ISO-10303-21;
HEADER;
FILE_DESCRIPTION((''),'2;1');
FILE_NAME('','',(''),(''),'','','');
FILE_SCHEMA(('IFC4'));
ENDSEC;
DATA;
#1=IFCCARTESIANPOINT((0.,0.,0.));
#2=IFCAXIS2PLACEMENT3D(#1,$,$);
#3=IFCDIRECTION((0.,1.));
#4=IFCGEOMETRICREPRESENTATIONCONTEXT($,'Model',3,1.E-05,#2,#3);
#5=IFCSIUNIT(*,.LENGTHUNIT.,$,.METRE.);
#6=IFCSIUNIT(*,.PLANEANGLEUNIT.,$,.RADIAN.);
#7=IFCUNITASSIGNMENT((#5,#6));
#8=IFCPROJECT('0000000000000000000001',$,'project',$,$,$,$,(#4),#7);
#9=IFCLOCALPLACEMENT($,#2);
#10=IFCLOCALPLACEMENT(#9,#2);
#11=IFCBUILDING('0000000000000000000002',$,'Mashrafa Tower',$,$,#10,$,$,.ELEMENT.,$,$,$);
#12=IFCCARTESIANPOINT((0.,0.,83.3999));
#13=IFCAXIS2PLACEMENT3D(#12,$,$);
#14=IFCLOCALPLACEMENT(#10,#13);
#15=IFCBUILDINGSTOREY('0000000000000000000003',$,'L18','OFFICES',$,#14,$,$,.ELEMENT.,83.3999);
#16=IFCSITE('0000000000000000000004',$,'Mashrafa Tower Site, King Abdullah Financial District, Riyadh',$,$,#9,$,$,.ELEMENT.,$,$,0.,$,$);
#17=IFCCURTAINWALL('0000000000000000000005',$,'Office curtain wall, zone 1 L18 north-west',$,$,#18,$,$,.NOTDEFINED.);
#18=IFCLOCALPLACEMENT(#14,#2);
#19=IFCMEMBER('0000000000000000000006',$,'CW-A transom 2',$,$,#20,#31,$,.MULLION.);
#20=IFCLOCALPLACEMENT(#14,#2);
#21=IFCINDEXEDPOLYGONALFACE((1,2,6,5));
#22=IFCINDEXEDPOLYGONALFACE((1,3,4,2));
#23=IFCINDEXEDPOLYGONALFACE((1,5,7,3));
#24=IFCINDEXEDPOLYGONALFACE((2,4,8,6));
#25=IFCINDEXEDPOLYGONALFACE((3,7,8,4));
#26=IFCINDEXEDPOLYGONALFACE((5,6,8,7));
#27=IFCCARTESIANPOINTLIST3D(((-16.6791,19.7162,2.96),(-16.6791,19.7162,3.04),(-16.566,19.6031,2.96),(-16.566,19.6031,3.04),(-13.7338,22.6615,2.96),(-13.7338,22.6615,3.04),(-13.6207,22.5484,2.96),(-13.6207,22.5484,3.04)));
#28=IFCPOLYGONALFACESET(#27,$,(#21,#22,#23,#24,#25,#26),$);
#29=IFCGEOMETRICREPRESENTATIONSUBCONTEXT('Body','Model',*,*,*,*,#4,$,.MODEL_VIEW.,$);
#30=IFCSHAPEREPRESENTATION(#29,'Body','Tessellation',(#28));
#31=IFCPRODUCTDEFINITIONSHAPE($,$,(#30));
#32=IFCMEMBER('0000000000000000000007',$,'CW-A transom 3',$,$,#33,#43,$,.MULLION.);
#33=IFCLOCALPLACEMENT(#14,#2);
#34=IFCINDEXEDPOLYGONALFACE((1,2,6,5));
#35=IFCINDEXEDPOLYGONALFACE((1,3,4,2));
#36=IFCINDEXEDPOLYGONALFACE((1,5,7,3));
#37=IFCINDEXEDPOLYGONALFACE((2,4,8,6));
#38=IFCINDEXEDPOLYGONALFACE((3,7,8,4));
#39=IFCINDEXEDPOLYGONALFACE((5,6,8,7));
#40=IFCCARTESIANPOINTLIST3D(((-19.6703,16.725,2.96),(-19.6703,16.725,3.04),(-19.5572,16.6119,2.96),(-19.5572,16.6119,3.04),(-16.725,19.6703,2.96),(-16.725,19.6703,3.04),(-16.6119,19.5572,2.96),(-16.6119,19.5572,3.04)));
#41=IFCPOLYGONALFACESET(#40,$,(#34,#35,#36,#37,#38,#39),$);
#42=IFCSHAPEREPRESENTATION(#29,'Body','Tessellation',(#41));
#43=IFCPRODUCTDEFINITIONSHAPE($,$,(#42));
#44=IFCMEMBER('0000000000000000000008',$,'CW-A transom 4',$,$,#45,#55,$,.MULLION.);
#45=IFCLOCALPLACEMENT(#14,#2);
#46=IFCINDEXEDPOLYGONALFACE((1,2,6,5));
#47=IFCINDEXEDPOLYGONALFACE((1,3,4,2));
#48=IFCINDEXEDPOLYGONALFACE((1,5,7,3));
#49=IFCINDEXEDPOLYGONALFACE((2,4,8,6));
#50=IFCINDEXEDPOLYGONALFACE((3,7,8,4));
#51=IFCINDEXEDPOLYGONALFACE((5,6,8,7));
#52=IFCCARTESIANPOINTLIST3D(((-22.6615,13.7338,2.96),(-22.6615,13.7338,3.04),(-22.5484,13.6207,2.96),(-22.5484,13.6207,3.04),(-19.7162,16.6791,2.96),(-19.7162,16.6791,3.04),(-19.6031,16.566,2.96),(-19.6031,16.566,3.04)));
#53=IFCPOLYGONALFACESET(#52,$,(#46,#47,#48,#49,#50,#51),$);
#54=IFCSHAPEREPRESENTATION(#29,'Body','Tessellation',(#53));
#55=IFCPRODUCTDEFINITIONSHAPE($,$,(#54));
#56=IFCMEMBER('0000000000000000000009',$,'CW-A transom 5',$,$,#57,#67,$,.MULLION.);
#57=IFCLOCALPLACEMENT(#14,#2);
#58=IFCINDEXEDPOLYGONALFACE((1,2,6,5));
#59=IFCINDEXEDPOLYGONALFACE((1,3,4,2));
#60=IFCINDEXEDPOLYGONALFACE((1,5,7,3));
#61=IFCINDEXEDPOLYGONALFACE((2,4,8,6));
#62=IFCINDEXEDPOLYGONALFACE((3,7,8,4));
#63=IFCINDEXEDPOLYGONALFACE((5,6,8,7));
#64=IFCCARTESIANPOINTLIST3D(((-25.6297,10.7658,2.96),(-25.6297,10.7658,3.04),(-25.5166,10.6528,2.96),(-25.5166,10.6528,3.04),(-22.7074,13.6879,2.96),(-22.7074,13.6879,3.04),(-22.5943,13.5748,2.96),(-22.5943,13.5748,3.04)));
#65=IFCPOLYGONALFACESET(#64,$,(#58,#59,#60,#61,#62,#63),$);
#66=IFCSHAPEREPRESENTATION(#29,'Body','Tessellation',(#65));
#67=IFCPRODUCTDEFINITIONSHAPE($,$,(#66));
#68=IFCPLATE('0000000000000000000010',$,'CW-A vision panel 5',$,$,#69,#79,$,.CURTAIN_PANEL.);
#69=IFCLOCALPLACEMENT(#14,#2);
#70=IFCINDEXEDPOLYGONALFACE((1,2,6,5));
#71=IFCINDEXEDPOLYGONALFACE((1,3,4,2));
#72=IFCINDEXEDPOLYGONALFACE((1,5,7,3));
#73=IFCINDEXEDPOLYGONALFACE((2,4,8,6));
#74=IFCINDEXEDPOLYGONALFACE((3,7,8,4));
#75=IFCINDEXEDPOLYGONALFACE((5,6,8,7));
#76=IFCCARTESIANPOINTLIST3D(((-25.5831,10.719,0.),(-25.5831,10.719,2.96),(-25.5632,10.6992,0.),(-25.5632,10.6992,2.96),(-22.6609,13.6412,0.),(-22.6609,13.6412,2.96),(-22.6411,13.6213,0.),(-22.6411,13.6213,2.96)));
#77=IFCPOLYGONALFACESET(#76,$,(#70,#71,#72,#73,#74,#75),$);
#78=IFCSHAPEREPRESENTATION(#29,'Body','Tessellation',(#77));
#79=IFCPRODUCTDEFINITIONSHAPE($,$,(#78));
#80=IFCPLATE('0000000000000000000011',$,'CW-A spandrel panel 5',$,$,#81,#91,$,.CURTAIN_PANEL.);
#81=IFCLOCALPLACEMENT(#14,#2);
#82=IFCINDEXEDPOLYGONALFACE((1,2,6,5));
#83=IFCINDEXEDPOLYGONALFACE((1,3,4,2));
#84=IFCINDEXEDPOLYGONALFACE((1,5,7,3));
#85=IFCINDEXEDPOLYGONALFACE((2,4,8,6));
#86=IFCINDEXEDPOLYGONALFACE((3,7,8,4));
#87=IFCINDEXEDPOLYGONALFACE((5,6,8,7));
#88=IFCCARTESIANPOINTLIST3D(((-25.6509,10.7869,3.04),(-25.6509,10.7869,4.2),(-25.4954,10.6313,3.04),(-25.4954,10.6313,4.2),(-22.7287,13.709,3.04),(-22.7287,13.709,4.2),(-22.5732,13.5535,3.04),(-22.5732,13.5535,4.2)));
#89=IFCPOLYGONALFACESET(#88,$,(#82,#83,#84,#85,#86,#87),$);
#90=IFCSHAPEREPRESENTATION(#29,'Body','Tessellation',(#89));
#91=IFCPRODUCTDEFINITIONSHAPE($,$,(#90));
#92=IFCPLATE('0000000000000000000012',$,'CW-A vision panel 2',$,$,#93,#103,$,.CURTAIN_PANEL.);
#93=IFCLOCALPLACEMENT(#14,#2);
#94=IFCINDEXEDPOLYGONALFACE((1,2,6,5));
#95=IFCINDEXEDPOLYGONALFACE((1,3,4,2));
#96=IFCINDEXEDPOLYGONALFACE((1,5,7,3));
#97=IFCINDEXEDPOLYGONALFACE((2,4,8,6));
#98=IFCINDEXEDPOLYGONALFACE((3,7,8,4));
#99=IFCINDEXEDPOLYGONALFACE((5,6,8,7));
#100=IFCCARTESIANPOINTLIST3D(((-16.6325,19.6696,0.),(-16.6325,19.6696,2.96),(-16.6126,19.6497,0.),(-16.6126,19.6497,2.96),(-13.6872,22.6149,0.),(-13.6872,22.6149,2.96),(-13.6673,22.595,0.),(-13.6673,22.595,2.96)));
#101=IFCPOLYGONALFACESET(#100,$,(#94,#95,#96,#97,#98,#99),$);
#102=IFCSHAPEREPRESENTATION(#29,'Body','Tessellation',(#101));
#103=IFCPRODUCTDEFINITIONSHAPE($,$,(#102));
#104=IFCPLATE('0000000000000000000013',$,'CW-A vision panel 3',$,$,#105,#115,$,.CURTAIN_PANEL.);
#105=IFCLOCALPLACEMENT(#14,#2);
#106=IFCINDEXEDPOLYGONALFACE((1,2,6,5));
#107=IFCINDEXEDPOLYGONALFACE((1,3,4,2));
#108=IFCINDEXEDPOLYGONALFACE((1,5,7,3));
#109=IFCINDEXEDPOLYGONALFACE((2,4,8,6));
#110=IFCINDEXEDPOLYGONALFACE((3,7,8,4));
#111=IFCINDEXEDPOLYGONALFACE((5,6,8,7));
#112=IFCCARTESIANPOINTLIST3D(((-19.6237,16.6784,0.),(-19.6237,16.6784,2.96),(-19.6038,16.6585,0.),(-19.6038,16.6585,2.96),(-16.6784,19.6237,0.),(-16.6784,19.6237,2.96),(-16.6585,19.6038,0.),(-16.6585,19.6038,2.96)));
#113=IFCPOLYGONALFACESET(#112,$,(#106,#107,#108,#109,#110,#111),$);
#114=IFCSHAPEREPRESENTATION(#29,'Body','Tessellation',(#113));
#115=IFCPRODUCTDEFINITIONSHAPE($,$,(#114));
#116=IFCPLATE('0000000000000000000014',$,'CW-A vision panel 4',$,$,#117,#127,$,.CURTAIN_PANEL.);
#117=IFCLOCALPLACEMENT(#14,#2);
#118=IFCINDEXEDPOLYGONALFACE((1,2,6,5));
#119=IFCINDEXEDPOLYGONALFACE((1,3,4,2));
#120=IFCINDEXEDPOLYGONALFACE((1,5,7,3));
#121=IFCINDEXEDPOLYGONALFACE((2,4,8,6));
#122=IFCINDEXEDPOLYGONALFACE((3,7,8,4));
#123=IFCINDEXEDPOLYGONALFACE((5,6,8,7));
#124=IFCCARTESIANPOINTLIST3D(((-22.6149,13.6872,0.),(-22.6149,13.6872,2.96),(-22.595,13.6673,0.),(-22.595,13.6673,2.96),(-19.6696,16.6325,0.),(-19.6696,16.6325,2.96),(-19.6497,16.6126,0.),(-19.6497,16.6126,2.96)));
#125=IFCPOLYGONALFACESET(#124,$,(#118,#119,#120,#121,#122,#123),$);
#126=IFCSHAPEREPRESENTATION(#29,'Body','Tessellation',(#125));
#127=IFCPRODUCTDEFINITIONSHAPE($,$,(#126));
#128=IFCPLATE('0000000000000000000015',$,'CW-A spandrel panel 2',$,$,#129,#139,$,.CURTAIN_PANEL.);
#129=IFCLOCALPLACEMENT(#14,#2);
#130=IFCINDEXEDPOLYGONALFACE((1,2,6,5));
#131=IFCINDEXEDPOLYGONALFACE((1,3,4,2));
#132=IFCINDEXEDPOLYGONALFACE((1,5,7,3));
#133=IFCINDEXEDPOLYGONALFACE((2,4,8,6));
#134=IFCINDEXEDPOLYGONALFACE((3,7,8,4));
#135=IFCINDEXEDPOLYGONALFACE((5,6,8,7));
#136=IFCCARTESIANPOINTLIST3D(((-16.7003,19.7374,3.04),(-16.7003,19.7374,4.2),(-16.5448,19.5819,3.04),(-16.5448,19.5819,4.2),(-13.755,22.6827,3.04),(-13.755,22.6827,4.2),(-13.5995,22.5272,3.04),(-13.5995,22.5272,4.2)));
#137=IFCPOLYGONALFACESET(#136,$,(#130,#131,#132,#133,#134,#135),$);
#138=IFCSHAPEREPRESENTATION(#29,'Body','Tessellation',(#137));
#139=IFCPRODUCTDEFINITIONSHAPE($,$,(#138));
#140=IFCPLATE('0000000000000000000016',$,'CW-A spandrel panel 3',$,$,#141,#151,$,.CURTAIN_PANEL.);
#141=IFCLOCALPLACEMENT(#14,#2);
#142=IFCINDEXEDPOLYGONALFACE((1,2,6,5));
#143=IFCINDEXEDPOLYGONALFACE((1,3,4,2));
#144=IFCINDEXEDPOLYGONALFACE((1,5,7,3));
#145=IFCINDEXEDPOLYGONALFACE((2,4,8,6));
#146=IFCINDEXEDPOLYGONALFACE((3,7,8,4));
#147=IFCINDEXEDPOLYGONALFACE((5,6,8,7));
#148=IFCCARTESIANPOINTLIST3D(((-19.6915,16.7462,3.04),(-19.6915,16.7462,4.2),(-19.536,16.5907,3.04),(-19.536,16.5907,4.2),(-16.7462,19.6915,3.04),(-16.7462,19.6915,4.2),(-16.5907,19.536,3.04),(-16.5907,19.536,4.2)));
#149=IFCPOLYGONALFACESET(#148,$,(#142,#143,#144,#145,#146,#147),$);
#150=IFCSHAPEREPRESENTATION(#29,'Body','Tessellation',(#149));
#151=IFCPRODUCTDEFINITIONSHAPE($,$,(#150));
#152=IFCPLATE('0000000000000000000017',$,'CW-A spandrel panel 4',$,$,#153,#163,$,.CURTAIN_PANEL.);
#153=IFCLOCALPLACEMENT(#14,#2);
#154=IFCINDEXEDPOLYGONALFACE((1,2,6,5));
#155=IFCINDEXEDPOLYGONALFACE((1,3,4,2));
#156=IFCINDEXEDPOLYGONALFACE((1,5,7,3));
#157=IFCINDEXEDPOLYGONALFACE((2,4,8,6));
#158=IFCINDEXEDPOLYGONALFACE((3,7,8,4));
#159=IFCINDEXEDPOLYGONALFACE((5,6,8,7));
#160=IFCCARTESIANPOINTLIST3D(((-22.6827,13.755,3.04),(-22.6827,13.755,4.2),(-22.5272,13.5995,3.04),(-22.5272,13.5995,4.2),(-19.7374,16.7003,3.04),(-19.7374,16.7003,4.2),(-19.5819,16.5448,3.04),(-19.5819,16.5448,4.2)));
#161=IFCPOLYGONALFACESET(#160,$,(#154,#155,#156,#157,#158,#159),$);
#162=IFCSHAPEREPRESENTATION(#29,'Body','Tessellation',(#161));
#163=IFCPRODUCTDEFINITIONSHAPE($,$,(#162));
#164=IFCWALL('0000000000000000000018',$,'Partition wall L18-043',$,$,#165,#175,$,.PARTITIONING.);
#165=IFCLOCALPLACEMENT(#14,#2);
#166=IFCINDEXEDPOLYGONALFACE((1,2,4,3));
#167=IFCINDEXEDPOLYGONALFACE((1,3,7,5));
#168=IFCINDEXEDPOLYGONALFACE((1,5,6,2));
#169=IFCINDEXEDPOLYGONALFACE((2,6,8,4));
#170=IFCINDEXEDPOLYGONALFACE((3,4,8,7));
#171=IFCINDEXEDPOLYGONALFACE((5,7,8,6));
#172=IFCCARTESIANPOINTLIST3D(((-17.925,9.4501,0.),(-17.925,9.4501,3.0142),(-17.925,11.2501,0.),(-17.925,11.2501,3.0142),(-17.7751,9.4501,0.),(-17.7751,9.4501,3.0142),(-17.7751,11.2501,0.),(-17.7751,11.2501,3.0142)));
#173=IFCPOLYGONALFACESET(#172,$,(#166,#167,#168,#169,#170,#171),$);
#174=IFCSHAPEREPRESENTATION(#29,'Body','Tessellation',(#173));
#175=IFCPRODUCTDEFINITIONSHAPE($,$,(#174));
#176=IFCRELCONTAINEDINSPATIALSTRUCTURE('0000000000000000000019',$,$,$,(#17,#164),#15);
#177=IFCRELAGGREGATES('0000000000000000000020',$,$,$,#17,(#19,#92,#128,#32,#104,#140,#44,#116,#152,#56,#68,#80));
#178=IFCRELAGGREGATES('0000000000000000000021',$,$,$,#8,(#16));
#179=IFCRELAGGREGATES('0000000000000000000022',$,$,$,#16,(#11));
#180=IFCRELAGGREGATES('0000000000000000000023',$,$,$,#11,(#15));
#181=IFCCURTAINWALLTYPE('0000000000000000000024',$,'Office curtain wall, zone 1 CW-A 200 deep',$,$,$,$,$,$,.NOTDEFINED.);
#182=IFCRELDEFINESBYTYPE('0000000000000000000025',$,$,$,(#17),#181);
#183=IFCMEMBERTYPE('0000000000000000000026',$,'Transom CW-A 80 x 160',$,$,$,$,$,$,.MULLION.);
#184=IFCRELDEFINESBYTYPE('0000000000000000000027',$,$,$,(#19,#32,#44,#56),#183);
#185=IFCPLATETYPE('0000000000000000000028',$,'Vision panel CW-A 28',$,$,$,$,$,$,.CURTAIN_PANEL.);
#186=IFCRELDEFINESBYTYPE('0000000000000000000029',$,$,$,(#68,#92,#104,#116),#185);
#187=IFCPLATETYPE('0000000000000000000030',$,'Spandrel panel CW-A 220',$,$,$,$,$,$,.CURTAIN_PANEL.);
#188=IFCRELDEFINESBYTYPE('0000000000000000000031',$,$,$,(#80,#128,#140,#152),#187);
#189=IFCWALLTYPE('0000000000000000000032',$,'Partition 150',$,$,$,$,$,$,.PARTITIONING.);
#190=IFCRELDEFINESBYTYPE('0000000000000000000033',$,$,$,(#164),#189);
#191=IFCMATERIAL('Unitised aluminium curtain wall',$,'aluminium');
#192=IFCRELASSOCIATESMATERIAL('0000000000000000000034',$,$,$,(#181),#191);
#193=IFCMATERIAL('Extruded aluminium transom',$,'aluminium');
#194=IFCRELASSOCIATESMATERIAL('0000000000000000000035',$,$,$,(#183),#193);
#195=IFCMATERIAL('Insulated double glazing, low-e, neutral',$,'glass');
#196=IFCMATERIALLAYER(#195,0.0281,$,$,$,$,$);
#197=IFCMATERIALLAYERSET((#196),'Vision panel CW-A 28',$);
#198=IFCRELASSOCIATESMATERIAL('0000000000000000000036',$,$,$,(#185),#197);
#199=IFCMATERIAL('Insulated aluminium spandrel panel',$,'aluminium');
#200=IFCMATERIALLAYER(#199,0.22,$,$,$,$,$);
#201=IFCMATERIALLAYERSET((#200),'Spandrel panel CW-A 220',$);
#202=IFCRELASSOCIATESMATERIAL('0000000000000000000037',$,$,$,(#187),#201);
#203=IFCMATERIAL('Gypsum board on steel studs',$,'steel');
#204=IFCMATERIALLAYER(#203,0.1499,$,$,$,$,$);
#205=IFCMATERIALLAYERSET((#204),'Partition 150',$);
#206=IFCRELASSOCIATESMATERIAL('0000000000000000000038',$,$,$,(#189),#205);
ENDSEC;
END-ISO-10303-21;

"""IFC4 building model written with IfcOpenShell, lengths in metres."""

from ifc_helpers import new_model, si_unit, direction, frame, frame_2d, origin, origin_2d, place, context, subcontext, project, spatial, rectangle, extrude, source, transform, mapped, material, layer, layer_set, material_profile, profile_set, type_object, type_shapes, element, aggregate, save


model = new_model("IFC4")

# Units and contexts
model_context = context("Model", 3, precision=1e-05, world=origin(), true_north=direction((0.0, 1.0)))
body_context = subcontext(model_context, "Body", "Model", "MODEL_VIEW")
ifc_project = project(units=[si_unit("LENGTHUNIT", "METRE"), si_unit("PLANEANGLEUNIT", "RADIAN")], contexts=[model_context])

# Site, building, storey
site_placement = place(None, origin())
site = spatial("IfcSite", under=ifc_project, at=site_placement, Name="Mashrafa Tower Site, King Abdullah Financial District, Riyadh", CompositionType="ELEMENT", RefElevation=0.0)
building_placement = place(site_placement, origin())
building = spatial("IfcBuilding", under=site, at=building_placement, Name="Mashrafa Tower", CompositionType="ELEMENT")
storey_placement = place(building_placement, frame((0.0, 0.0, 83.3999)))
storey = spatial("IfcBuildingStorey", under=building, at=storey_placement, Name="L18", Description="OFFICES", CompositionType="ELEMENT", Elevation=83.3999)

# Curtain wall
ifc_material_1 = material(Name="Unitised aluminium curtain wall", Category="aluminium")
curtain_wall_type = type_object("IfcCurtainWallType", Name="Office curtain wall, zone 1 CW-A 200 deep", PredefinedType="NOTDEFINED", material=ifc_material_1)
curtain_wall_1_placement = place(storey_placement, origin())
curtain_wall_1 = element("IfcCurtainWall", 1, at=curtain_wall_1_placement, inside=storey, type_object=curtain_wall_type, Name="Office curtain wall, zone 1 L18 north-west", PredefinedType="NOTDEFINED")
ifc_material_2 = material(Name="Extruded aluminium transom", Category="aluminium")
ifc_material_profile_1 = material_profile(ifc_material_2, rectangle(XDim=0.1599, YDim=0.0801, at=origin_2d()), Name="Transom 80x160")
ifc_profile_set_1 = profile_set([ifc_material_profile_1], Name="Extruded aluminium transom")
member_type_1 = type_object("IfcMemberType", Name="Transom CW-A 80 x 160", PredefinedType="MULLION", material=ifc_profile_set_1)

# Members
shared_shape_1 = source(origin(), body_context, "Body", "SweptSolid", [
    extrude(rectangle(XDim=0.1599, YDim=0.0801, at=origin_2d()), origin(), (0.0, 0.0, 1.0), 4.1653),
])
member_1_placement = place(storey_placement, frame((-13.6772, 22.605, 3.0), z_axis=(-0.707107, -0.707107, 0.0), x_axis=(0.707107, -0.707107, 0.0)))
member_1 = element("IfcMember", 2, at=member_1_placement, type_object=member_type_1, Name="CW-A transom 2", PredefinedType="MULLION", context=body_context, shape_type="MappedRepresentation", body=[
    mapped(shared_shape_1, transform((0.0, 0.0, 0.0))),
])
member_2_placement = place(storey_placement, frame((-16.6685, 19.6138, 3.0), z_axis=(-0.707107, -0.707107, 0.0), x_axis=(0.707107, -0.707107, 0.0)))
member_2 = element("IfcMember", 3, at=member_2_placement, type_object=member_type_1, Name="CW-A transom 3", PredefinedType="MULLION", context=body_context, shape_type="MappedRepresentation", body=[
    mapped(shared_shape_1, transform((0.0, 0.0, 0.0))),
])
member_3_placement = place(storey_placement, frame((-19.6597, 16.6226, 3.0), z_axis=(-0.707107, -0.707107, 0.0), x_axis=(0.707107, -0.707107, 0.0)))
member_3 = element("IfcMember", 4, at=member_3_placement, type_object=member_type_1, Name="CW-A transom 4", PredefinedType="MULLION", context=body_context, shape_type="MappedRepresentation", body=[
    mapped(shared_shape_1, transform((0.0, 0.0, 0.0))),
])
shared_shape_2 = source(origin(), body_context, "Body", "SweptSolid", [
    extrude(rectangle(XDim=0.1599, YDim=0.0801, at=origin_2d()), origin(), (0.0, 0.0, 1.0), 4.1326),
])
member_4_placement = place(storey_placement, frame((-22.6509, 13.6313, 3.0), z_axis=(-0.707136, -0.707077, 0.0), x_axis=(0.707077, -0.707136, 0.0)))
member_4 = element("IfcMember", 5, at=member_4_placement, type_object=member_type_1, Name="CW-A transom 5", PredefinedType="MULLION", context=body_context, shape_type="MappedRepresentation", body=[
    mapped(shared_shape_2, transform((0.0, 0.0, 0.0))),
])

# Plates
ifc_material_3 = material(Name="Insulated double glazing, low-e, neutral", Category="glass")
ifc_layer_1 = layer(ifc_material_3, 0.0281)
ifc_layer_set_1 = layer_set([ifc_layer_1], Name="Vision panel CW-A 28")
plate_type_1 = type_object("IfcPlateType", Name="Vision panel CW-A 28", PredefinedType="CURTAIN_PANEL", material=ifc_layer_set_1)
shared_shape_3 = source(origin(), body_context, "Body", "SweptSolid", [
    extrude(rectangle(XDim=4.1326, YDim=0.0281, at=origin_2d()), origin(), (0.0, 0.0, 1.0), 2.96),
])
plate_1_placement = place(storey_placement, frame((-24.1121, 12.1702, 0.0), z_axis=(0.0, 0.0, 1.0), x_axis=(-0.707107, -0.707107, 0.0)))
plate_1 = element("IfcPlate", 6, at=plate_1_placement, type_object=plate_type_1, Name="CW-A vision panel 5", PredefinedType="CURTAIN_PANEL", context=body_context, shape_type="MappedRepresentation", body=[
    mapped(shared_shape_3, transform((0.0, 0.0, 0.0))),
])
ifc_material_4 = material(Name="Insulated aluminium spandrel panel", Category="aluminium")
ifc_layer_2 = layer(ifc_material_4, 0.22)
ifc_layer_set_2 = layer_set([ifc_layer_2], Name="Spandrel panel CW-A 220")
plate_type_2 = type_object("IfcPlateType", Name="Spandrel panel CW-A 220", PredefinedType="CURTAIN_PANEL", material=ifc_layer_set_2)
shared_shape_4 = source(origin(), body_context, "Body", "SweptSolid", [
    extrude(rectangle(XDim=4.1326, YDim=0.22, at=origin_2d()), origin(), (0.0, 0.0, 1.0), 1.1599),
])
plate_2_placement = place(storey_placement, frame((-24.1121, 12.1702, 3.04), z_axis=(0.0, 0.0, 1.0), x_axis=(-0.707107, -0.707107, 0.0)))
plate_2 = element("IfcPlate", 7, at=plate_2_placement, type_object=plate_type_2, Name="CW-A spandrel panel 5", PredefinedType="CURTAIN_PANEL", context=body_context, shape_type="MappedRepresentation", body=[
    mapped(shared_shape_4, transform((0.0, 0.0, 0.0))),
])
shared_shape_5 = source(origin(), body_context, "Body", "SweptSolid", [
    extrude(rectangle(XDim=4.1653, YDim=0.0281, at=origin_2d()), origin(), (0.0, 0.0, 1.0), 2.96),
])
type_shapes(plate_type_1, [shared_shape_3, shared_shape_5])
plate_3_placement = place(storey_placement, frame((-15.1499, 21.1323, 0.0), z_axis=(0.0, 0.0, 1.0), x_axis=(-0.707107, -0.707107, 0.0)))
plate_3 = element("IfcPlate", 8, at=plate_3_placement, type_object=plate_type_1, Name="CW-A vision panel 2", PredefinedType="CURTAIN_PANEL", context=body_context, shape_type="MappedRepresentation", body=[
    mapped(shared_shape_5, transform((0.0, 0.0, 0.0))),
])
plate_4_placement = place(storey_placement, frame((-18.1411, 18.1411, 0.0), z_axis=(0.0, 0.0, 1.0), x_axis=(-0.707107, -0.707107, 0.0)))
plate_4 = element("IfcPlate", 9, at=plate_4_placement, type_object=plate_type_1, Name="CW-A vision panel 3", PredefinedType="CURTAIN_PANEL", context=body_context, shape_type="MappedRepresentation", body=[
    mapped(shared_shape_5, transform((0.0, 0.0, 0.0))),
])
plate_5_placement = place(storey_placement, frame((-21.1323, 15.1499, 0.0), z_axis=(0.0, 0.0, 1.0), x_axis=(-0.707107, -0.707107, 0.0)))
plate_5 = element("IfcPlate", 10, at=plate_5_placement, type_object=plate_type_1, Name="CW-A vision panel 4", PredefinedType="CURTAIN_PANEL", context=body_context, shape_type="MappedRepresentation", body=[
    mapped(shared_shape_5, transform((0.0, 0.0, 0.0))),
])
shared_shape_6 = source(origin(), body_context, "Body", "SweptSolid", [
    extrude(rectangle(XDim=4.1653, YDim=0.22, at=origin_2d()), origin(), (0.0, 0.0, 1.0), 1.1599),
])
type_shapes(plate_type_2, [shared_shape_4, shared_shape_6])
plate_6_placement = place(storey_placement, frame((-15.1499, 21.1323, 3.04), z_axis=(0.0, 0.0, 1.0), x_axis=(-0.707107, -0.707107, 0.0)))
plate_6 = element("IfcPlate", 11, at=plate_6_placement, type_object=plate_type_2, Name="CW-A spandrel panel 2", PredefinedType="CURTAIN_PANEL", context=body_context, shape_type="MappedRepresentation", body=[
    mapped(shared_shape_6, transform((0.0, 0.0, 0.0))),
])
plate_7_placement = place(storey_placement, frame((-18.1411, 18.1411, 3.04), z_axis=(0.0, 0.0, 1.0), x_axis=(-0.707107, -0.707107, 0.0)))
plate_7 = element("IfcPlate", 12, at=plate_7_placement, type_object=plate_type_2, Name="CW-A spandrel panel 3", PredefinedType="CURTAIN_PANEL", context=body_context, shape_type="MappedRepresentation", body=[
    mapped(shared_shape_6, transform((0.0, 0.0, 0.0))),
])
plate_8_placement = place(storey_placement, frame((-21.1323, 15.1499, 3.04), z_axis=(0.0, 0.0, 1.0), x_axis=(-0.707107, -0.707107, 0.0)))
plate_8 = element("IfcPlate", 13, at=plate_8_placement, type_object=plate_type_2, Name="CW-A spandrel panel 4", PredefinedType="CURTAIN_PANEL", context=body_context, shape_type="MappedRepresentation", body=[
    mapped(shared_shape_6, transform((0.0, 0.0, 0.0))),
])
aggregate(curtain_wall_1, [member_1, plate_3, plate_6, member_2, plate_4, plate_7, member_3, plate_5, plate_8, member_4, plate_1, plate_2])

# Wall
ifc_material_5 = material(Name="Gypsum board on steel studs", Category="steel")
ifc_layer_3 = layer(ifc_material_5, 0.1499)
ifc_layer_set_3 = layer_set([ifc_layer_3], Name="Partition 150")
wall_type = type_object("IfcWallType", Name="Partition 150", PredefinedType="PARTITIONING", material=ifc_layer_set_3)
wall_placement = place(storey_placement, frame((-17.8501, 11.25, 0.0), z_axis=(0.0, 0.0, 1.0), x_axis=(0.0, -1.0, 0.0)))
element("IfcWall", 14, at=wall_placement, inside=storey, type_object=wall_type, Name="Partition wall L18-043", PredefinedType="PARTITIONING", context=body_context, shape_type="SweptSolid", body=[
    extrude(rectangle(XDim=1.8, YDim=0.1499, at=frame_2d((0.8999, 0.0))), origin(), (0.0, 0.0, 1.0), 3.0142),
])

save(model, "model.ifc")
